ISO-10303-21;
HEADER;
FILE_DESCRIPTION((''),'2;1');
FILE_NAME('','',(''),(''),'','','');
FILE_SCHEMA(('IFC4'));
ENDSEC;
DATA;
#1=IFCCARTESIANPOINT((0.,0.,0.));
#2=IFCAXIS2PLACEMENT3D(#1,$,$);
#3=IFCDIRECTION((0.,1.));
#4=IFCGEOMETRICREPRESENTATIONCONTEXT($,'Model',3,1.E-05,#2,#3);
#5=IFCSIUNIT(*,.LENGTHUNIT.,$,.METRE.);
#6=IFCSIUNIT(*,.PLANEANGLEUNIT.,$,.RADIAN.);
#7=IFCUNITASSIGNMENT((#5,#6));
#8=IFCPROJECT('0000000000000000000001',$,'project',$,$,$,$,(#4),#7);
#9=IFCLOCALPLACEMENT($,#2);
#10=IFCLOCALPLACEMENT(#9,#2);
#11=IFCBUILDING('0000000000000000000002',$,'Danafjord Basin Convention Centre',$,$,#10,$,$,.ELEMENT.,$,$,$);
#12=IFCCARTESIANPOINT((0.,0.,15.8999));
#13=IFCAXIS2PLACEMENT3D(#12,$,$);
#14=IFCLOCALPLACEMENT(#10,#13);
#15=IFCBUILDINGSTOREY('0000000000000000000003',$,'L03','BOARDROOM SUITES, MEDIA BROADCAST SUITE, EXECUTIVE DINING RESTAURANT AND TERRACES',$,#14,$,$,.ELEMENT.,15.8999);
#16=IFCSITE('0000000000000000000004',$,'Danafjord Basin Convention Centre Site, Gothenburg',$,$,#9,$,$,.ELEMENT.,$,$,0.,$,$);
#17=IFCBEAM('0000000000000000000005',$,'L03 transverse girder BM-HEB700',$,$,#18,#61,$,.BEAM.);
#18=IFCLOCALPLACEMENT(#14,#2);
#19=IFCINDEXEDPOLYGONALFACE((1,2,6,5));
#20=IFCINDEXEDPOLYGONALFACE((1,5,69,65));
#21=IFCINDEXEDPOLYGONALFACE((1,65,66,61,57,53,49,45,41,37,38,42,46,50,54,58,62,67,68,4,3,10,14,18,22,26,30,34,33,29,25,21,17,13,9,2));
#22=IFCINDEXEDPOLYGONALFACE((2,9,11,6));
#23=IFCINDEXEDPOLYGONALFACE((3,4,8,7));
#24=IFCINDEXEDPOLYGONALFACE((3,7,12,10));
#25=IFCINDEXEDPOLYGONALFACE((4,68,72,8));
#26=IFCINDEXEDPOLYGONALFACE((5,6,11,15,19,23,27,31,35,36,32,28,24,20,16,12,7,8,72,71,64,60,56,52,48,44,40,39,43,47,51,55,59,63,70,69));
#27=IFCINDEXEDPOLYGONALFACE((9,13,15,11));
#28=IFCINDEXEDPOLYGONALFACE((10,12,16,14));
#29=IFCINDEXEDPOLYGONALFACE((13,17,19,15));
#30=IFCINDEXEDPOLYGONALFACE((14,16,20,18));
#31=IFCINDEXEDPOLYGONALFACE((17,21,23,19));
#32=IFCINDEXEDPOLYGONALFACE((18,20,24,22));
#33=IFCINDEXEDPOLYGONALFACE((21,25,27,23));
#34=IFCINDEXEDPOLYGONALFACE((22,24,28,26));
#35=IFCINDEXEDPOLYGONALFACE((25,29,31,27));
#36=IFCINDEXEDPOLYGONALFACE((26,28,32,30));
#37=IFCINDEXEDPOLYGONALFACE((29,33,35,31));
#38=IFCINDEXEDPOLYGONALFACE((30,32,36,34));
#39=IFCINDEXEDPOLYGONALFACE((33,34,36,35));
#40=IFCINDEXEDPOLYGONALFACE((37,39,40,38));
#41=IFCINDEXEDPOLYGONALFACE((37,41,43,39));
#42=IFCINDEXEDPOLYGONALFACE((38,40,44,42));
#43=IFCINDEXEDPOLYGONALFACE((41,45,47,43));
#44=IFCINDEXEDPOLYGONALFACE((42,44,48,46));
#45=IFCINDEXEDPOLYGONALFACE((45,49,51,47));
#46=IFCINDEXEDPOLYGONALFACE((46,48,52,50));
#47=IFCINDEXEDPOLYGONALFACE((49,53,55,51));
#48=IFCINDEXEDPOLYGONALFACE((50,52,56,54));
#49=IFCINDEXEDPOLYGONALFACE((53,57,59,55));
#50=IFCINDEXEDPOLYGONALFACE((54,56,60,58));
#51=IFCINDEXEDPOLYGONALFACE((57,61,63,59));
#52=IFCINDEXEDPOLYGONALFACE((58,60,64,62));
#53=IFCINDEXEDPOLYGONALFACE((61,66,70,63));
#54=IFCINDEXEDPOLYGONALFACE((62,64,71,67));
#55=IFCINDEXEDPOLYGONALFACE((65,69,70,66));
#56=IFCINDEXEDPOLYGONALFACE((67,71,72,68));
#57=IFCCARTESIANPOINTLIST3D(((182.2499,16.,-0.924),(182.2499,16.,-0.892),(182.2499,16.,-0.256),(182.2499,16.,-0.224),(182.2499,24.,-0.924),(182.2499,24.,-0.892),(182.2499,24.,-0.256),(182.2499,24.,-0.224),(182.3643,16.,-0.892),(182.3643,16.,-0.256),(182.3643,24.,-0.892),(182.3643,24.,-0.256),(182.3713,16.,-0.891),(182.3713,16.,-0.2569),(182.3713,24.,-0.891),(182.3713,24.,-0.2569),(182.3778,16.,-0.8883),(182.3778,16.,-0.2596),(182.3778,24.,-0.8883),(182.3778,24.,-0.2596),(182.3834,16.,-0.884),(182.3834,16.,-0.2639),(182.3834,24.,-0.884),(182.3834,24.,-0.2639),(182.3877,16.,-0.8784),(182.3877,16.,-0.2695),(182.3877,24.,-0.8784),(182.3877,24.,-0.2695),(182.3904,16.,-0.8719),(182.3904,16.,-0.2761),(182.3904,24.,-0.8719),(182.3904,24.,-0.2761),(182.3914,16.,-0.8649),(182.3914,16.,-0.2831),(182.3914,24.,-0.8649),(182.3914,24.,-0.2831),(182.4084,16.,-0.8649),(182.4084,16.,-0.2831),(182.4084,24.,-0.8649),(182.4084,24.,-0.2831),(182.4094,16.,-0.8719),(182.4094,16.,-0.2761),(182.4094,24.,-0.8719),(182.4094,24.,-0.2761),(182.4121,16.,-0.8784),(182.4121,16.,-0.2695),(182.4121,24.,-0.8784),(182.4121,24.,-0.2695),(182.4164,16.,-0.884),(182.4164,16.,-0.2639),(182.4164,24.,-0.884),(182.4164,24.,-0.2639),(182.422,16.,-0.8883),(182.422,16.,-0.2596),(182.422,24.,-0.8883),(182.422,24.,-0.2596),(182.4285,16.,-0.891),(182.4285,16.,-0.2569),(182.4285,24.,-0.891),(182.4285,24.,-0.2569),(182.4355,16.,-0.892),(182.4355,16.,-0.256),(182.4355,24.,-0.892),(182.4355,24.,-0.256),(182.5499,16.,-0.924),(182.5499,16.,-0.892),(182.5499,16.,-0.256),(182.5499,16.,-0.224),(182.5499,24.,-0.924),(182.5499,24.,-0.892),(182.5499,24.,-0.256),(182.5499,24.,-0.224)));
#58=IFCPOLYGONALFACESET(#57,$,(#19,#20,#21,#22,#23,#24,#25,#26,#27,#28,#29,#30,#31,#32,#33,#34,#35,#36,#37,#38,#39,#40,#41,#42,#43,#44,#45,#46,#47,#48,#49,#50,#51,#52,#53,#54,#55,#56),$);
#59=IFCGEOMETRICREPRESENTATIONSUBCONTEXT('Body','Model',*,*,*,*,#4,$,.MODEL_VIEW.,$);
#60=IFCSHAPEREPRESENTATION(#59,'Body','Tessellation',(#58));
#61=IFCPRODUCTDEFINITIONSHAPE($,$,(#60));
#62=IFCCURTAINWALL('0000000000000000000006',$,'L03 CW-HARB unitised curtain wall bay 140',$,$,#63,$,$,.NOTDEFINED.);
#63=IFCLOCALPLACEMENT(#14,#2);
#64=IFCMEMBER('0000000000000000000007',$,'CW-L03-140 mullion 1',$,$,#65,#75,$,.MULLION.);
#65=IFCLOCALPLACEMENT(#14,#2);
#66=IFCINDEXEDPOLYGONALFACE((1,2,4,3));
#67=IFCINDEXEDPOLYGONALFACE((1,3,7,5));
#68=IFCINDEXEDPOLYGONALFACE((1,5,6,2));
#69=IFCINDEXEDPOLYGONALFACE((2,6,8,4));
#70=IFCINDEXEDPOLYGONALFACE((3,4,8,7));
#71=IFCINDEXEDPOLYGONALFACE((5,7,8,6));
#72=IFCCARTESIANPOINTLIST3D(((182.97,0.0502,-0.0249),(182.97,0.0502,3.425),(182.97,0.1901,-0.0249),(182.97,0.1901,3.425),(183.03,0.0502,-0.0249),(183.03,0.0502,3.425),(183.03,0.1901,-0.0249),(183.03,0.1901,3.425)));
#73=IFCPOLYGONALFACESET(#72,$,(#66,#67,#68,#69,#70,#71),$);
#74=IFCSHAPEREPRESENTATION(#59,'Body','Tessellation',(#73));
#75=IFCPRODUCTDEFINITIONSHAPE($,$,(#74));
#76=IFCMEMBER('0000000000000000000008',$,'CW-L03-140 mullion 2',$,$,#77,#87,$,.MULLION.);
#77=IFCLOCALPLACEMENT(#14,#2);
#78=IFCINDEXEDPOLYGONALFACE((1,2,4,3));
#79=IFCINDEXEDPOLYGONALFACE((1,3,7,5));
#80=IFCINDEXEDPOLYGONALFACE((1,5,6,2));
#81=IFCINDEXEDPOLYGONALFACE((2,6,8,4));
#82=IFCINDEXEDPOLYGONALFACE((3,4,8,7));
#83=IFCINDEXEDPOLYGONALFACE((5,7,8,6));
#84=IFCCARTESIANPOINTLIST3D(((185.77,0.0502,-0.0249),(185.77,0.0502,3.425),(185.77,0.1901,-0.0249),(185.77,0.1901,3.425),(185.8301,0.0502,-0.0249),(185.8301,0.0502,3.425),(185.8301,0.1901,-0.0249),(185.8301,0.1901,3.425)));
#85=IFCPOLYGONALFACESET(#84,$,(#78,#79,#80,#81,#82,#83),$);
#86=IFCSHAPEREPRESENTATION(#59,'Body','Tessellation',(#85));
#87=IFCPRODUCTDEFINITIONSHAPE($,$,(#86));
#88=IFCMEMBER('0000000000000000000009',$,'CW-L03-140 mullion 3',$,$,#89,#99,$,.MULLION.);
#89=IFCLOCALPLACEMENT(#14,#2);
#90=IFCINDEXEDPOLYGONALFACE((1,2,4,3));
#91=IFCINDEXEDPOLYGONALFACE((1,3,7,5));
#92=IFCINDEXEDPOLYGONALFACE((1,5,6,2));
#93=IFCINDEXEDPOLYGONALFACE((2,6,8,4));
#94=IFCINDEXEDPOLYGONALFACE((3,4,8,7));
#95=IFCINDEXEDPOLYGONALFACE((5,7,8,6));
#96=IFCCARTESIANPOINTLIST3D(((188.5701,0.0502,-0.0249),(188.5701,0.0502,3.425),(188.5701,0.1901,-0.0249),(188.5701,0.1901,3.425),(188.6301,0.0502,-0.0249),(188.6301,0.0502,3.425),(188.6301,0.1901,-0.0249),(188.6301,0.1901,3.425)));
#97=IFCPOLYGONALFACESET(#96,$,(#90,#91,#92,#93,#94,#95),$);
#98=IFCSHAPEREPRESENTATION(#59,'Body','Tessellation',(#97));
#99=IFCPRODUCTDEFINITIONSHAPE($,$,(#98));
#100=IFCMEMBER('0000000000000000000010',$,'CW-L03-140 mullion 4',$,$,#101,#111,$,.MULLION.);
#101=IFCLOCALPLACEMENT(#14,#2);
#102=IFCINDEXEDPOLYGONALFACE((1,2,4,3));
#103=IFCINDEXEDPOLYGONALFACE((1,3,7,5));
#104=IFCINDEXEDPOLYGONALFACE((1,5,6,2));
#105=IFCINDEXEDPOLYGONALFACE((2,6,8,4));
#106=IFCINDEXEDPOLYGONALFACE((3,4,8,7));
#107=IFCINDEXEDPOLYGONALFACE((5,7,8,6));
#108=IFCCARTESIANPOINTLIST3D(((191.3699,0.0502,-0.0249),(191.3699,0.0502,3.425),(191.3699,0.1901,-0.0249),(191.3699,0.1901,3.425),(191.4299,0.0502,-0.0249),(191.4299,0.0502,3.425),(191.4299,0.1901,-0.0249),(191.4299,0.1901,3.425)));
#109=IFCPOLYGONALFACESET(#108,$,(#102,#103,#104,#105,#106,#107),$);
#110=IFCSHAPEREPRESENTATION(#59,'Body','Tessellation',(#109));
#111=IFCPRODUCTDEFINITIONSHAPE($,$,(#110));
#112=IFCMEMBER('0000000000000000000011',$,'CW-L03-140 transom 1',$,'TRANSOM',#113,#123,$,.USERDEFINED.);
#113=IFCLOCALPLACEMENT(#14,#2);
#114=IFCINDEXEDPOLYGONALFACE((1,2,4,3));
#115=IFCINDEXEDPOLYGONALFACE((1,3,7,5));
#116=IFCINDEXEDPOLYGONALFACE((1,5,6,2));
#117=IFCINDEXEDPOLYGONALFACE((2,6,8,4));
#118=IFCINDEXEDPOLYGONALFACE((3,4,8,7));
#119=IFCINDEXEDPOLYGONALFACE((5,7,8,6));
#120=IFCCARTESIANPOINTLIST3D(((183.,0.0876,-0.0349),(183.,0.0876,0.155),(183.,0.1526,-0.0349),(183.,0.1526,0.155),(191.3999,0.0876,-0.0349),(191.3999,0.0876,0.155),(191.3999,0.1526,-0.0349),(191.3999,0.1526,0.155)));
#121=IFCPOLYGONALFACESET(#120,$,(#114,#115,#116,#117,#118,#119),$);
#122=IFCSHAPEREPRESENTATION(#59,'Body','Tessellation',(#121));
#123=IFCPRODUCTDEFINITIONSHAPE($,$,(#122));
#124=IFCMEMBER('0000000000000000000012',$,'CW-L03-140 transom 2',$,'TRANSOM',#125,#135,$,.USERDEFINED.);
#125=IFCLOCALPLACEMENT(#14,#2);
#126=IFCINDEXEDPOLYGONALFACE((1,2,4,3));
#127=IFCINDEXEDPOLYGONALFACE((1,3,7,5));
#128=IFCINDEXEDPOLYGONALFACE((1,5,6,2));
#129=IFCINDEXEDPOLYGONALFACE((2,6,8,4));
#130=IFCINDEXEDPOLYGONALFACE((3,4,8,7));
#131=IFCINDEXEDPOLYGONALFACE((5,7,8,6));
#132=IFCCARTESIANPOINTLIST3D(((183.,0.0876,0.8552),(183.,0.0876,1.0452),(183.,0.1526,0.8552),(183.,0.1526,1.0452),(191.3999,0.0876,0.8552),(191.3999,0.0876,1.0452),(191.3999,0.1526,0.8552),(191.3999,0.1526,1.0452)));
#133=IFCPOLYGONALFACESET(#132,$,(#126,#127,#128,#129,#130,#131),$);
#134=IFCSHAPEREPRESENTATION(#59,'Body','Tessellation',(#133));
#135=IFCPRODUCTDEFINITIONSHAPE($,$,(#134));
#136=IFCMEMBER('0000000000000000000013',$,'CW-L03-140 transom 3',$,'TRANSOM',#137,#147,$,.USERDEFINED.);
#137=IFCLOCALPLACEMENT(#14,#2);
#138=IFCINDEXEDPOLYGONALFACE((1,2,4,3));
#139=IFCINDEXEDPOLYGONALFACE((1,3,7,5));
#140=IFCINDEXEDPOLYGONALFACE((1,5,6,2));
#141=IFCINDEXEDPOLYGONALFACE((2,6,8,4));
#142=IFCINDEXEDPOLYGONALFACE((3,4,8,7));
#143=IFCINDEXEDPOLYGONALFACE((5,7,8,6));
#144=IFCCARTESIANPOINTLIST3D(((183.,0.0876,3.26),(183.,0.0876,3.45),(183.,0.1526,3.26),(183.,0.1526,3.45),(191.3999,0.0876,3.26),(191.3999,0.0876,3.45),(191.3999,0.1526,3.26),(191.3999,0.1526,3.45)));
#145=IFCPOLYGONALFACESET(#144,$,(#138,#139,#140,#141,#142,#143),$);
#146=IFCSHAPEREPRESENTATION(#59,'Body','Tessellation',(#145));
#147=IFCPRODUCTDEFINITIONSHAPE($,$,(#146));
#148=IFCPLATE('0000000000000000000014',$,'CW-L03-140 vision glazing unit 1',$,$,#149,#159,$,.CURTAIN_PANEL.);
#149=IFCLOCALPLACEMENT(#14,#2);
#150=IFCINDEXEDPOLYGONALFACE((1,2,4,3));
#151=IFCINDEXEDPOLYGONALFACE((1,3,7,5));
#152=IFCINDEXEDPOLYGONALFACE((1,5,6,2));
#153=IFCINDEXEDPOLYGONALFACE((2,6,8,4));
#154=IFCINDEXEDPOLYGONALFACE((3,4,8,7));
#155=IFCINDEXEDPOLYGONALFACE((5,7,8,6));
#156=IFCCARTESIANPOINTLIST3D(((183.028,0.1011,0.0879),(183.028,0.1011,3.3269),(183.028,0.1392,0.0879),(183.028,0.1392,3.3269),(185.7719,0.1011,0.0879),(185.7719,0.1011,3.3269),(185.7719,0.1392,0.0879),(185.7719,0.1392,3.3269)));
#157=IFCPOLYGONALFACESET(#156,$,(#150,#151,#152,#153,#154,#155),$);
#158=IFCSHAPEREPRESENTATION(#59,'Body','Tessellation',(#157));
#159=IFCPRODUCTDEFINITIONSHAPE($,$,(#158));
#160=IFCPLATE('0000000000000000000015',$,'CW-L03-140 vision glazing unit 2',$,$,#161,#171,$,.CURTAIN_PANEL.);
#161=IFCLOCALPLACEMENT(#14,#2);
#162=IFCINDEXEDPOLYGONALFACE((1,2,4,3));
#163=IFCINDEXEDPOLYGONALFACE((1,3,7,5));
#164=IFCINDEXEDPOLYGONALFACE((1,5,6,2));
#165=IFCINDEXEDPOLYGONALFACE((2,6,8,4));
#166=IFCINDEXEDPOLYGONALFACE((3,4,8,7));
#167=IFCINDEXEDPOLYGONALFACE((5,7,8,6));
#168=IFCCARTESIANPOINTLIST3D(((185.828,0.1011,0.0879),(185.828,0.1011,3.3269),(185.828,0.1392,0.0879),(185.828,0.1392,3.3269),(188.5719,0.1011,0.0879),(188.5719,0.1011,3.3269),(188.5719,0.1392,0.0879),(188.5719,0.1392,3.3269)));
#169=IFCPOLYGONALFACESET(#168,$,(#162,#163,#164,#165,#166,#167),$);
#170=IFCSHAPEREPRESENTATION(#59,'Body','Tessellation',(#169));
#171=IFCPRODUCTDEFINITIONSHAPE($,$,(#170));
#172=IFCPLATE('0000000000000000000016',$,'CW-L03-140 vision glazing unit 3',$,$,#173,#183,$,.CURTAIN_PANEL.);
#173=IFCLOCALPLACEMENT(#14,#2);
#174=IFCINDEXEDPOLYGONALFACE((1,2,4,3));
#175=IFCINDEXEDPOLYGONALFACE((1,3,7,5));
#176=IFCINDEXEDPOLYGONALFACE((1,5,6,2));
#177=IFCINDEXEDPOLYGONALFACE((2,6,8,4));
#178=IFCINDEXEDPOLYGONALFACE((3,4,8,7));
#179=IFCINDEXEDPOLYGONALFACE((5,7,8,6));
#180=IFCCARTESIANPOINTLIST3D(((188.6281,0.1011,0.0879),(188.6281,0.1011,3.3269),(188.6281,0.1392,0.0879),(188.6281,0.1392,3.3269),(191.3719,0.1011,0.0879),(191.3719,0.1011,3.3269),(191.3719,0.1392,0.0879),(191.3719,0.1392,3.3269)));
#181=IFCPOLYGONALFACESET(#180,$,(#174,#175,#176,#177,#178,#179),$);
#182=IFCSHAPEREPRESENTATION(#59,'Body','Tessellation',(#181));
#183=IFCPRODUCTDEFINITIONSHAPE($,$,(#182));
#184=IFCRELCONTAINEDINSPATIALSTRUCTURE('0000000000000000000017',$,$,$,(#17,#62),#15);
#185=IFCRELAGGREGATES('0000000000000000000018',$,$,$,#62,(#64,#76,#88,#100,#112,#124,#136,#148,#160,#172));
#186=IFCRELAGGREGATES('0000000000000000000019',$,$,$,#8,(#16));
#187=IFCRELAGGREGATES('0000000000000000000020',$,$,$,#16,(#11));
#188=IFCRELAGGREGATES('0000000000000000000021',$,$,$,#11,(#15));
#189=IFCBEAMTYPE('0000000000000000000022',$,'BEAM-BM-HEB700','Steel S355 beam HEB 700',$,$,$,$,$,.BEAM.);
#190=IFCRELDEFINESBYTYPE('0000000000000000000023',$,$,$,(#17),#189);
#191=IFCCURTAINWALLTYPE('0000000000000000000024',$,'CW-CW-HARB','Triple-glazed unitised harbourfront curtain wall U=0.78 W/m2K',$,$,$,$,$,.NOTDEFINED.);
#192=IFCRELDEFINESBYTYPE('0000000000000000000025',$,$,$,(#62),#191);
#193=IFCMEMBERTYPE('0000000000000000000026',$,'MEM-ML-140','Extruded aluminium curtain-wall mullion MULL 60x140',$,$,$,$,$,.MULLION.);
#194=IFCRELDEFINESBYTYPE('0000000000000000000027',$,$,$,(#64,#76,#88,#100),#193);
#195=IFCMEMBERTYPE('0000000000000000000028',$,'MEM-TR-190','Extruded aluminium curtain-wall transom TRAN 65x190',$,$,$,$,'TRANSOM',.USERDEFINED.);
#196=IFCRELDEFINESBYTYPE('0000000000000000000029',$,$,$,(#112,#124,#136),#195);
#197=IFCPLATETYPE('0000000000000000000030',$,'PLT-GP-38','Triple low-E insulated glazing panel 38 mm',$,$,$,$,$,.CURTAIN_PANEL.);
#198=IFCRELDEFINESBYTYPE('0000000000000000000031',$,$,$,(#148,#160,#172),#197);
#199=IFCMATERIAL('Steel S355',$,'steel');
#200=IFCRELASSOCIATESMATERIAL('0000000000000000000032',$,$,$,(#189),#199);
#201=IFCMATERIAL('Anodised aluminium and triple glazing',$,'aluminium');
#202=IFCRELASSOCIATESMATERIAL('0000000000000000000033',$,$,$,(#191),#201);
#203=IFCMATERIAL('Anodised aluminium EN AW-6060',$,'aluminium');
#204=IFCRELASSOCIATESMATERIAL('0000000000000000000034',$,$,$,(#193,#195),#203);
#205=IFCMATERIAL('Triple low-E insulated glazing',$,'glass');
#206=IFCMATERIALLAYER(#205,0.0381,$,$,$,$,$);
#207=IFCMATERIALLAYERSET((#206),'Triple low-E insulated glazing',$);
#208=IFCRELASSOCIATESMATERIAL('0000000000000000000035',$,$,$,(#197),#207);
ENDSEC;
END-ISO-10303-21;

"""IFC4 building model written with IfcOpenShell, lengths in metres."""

from ifc_helpers import new_model, si_unit, direction, frame, origin, origin_2d, place, context, subcontext, project, spatial, rectangle, i_section, extrude, material, layer, layer_set, material_profile, profile_set, type_object, element, aggregate, save


model = new_model("IFC4")

# Units and contexts
model_context = context("Model", 3, precision=1e-05, world=origin(), true_north=direction((0.0, 1.0)))
body_context = subcontext(model_context, "Body", "Model", "MODEL_VIEW")
ifc_project = project(units=[si_unit("LENGTHUNIT", "METRE"), si_unit("PLANEANGLEUNIT", "RADIAN")], contexts=[model_context])

# Site, building, storey
site_placement = place(None, origin())
site = spatial("IfcSite", under=ifc_project, at=site_placement, Name="Danafjord Basin Convention Centre Site, Gothenburg", CompositionType="ELEMENT", RefElevation=0.0)
building_placement = place(site_placement, origin())
building = spatial("IfcBuilding", under=site, at=building_placement, Name="Danafjord Basin Convention Centre", CompositionType="ELEMENT")
storey_placement = place(building_placement, frame((0.0, 0.0, 15.8999)))
storey = spatial("IfcBuildingStorey", under=building, at=storey_placement, Name="L03", Description="BOARDROOM SUITES, MEDIA BROADCAST SUITE, EXECUTIVE DINING RESTAURANT AND TERRACES", CompositionType="ELEMENT", Elevation=15.8999)

# Shared definitions
ifc_material_1 = material(Name="Steel S355", Category="steel")

# Beam
ifc_material_profile_1 = material_profile(ifc_material_1, i_section(OverallWidth=0.3, OverallDepth=0.7, WebThickness=0.0171, FlangeThickness=0.032, FilletRadius=0.0271, at=origin_2d()), Name="HEB 700")
ifc_profile_set_1 = profile_set([ifc_material_profile_1], Name="Steel S355")
beam_type = type_object("IfcBeamType", Name="BEAM-BM-HEB700", Description="Steel S355 beam HEB 700", PredefinedType="BEAM", material=ifc_profile_set_1)
beam_1_placement = place(storey_placement, frame((182.3999, 16.0, -0.574), z_axis=(0.0, 1.0, 0.0), x_axis=(-1.0, 0.0, 0.0)))
element("IfcBeam", 1, at=beam_1_placement, inside=storey, type_object=beam_type, Name="L03 transverse girder BM-HEB700", PredefinedType="BEAM", context=body_context, shape_type="SweptSolid", body=[
    extrude(i_section(OverallWidth=0.3, OverallDepth=0.7, WebThickness=0.0171, FlangeThickness=0.032, FilletRadius=0.0271, at=origin_2d()), origin(), (0.0, 0.0, 1.0), 8.0),
])

# Curtain wall, members, plates
ifc_material_2 = material(Name="Anodised aluminium and triple glazing", Category="aluminium")
curtain_wall_type = type_object("IfcCurtainWallType", Name="CW-CW-HARB", Description="Triple-glazed unitised harbourfront curtain wall U=0.78 W/m2K", PredefinedType="NOTDEFINED", material=ifc_material_2)
curtain_wall_placement = place(storey_placement, origin())
curtain_wall = element("IfcCurtainWall", 2, at=curtain_wall_placement, inside=storey, type_object=curtain_wall_type, Name="L03 CW-HARB unitised curtain wall bay 140", PredefinedType="NOTDEFINED")
ifc_material_3 = material(Name="Anodised aluminium EN AW-6060", Category="aluminium")
ifc_material_profile_2 = material_profile(ifc_material_3, rectangle(XDim=0.0601, YDim=0.1399, at=origin_2d()), Name="MULL 60x140")
ifc_profile_set_2 = profile_set([ifc_material_profile_2], Name="Anodised aluminium EN AW-6060")
member_type_1 = type_object("IfcMemberType", Name="MEM-ML-140", Description="Extruded aluminium curtain-wall mullion MULL 60x140", PredefinedType="MULLION", material=ifc_profile_set_2)
member_1_placement = place(storey_placement, frame((183.0, 0.1201, -0.0249), z_axis=(0.0, 0.0, 1.0), x_axis=(1.0, 0.0, 0.0)))
member_1 = element("IfcMember", 3, at=member_1_placement, type_object=member_type_1, Name="CW-L03-140 mullion 1", PredefinedType="MULLION", context=body_context, shape_type="SweptSolid", body=[
    extrude(rectangle(XDim=0.0601, YDim=0.1399, at=origin_2d()), origin(), (0.0, 0.0, 1.0), 3.45),
])
member_2_placement = place(storey_placement, frame((185.8, 0.1201, -0.0249), z_axis=(0.0, 0.0, 1.0), x_axis=(1.0, 0.0, 0.0)))
member_2 = element("IfcMember", 4, at=member_2_placement, type_object=member_type_1, Name="CW-L03-140 mullion 2", PredefinedType="MULLION", context=body_context, shape_type="SweptSolid", body=[
    extrude(rectangle(XDim=0.0601, YDim=0.1399, at=origin_2d()), origin(), (0.0, 0.0, 1.0), 3.45),
])
member_3_placement = place(storey_placement, frame((188.6001, 0.1201, -0.0249), z_axis=(0.0, 0.0, 1.0), x_axis=(1.0, 0.0, 0.0)))
member_3 = element("IfcMember", 5, at=member_3_placement, type_object=member_type_1, Name="CW-L03-140 mullion 3", PredefinedType="MULLION", context=body_context, shape_type="SweptSolid", body=[
    extrude(rectangle(XDim=0.0601, YDim=0.1399, at=origin_2d()), origin(), (0.0, 0.0, 1.0), 3.45),
])
member_4_placement = place(storey_placement, frame((191.3999, 0.1201, -0.0249), z_axis=(0.0, 0.0, 1.0), x_axis=(1.0, 0.0, 0.0)))
member_4 = element("IfcMember", 6, at=member_4_placement, type_object=member_type_1, Name="CW-L03-140 mullion 4", PredefinedType="MULLION", context=body_context, shape_type="SweptSolid", body=[
    extrude(rectangle(XDim=0.0601, YDim=0.1399, at=origin_2d()), origin(), (0.0, 0.0, 1.0), 3.45),
])
ifc_material_profile_3 = material_profile(ifc_material_3, rectangle(XDim=0.0649, YDim=0.1899, at=origin_2d()), Name="TRAN 65x190")
ifc_profile_set_3 = profile_set([ifc_material_profile_3], Name="Anodised aluminium EN AW-6060")
member_type_2 = type_object("IfcMemberType", Name="MEM-TR-190", Description="Extruded aluminium curtain-wall transom TRAN 65x190", ElementType="TRANSOM", PredefinedType="USERDEFINED", material=ifc_profile_set_3)
member_5_placement = place(storey_placement, frame((183.0, 0.1201, 0.0601), z_axis=(1.0, 0.0, 0.0), x_axis=(0.0, 1.0, 0.0)))
member_5 = element("IfcMember", 7, at=member_5_placement, type_object=member_type_2, Name="CW-L03-140 transom 1", ObjectType="TRANSOM", PredefinedType="USERDEFINED", context=body_context, shape_type="SweptSolid", body=[
    extrude(rectangle(XDim=0.0649, YDim=0.1899, at=origin_2d()), origin(), (0.0, 0.0, 1.0), 8.3999),
])
member_6_placement = place(storey_placement, frame((183.0, 0.1201, 0.9502), z_axis=(1.0, 0.0, 0.0), x_axis=(0.0, 1.0, 0.0)))
member_6 = element("IfcMember", 8, at=member_6_placement, type_object=member_type_2, Name="CW-L03-140 transom 2", ObjectType="TRANSOM", PredefinedType="USERDEFINED", context=body_context, shape_type="SweptSolid", body=[
    extrude(rectangle(XDim=0.0649, YDim=0.1899, at=origin_2d()), origin(), (0.0, 0.0, 1.0), 8.3999),
])
member_7_placement = place(storey_placement, frame((183.0, 0.1201, 3.355), z_axis=(1.0, 0.0, 0.0), x_axis=(0.0, 1.0, 0.0)))
member_7 = element("IfcMember", 9, at=member_7_placement, type_object=member_type_2, Name="CW-L03-140 transom 3", ObjectType="TRANSOM", PredefinedType="USERDEFINED", context=body_context, shape_type="SweptSolid", body=[
    extrude(rectangle(XDim=0.0649, YDim=0.1899, at=origin_2d()), origin(), (0.0, 0.0, 1.0), 8.3999),
])
ifc_material_4 = material(Name="Triple low-E insulated glazing", Category="glass")
ifc_layer_1 = layer(ifc_material_4, 0.0381)
ifc_layer_set_1 = layer_set([ifc_layer_1], Name="Triple low-E insulated glazing")
plate_type = type_object("IfcPlateType", Name="PLT-GP-38", Description="Triple low-E insulated glazing panel 38 mm", PredefinedType="CURTAIN_PANEL", material=ifc_layer_set_1)
plate_1_placement = place(storey_placement, frame((184.3999, 0.1201, 0.0879), z_axis=(0.0, 0.0, 1.0), x_axis=(1.0, 0.0, 0.0)))
plate_1 = element("IfcPlate", 10, at=plate_1_placement, type_object=plate_type, Name="CW-L03-140 vision glazing unit 1", PredefinedType="CURTAIN_PANEL", context=body_context, shape_type="SweptSolid", body=[
    extrude(rectangle(XDim=2.7439, YDim=0.0381, at=origin_2d()), origin(), (0.0, 0.0, 1.0), 3.239),
])
plate_2_placement = place(storey_placement, frame((187.2, 0.1201, 0.0879), z_axis=(0.0, 0.0, 1.0), x_axis=(1.0, 0.0, 0.0)))
plate_2 = element("IfcPlate", 11, at=plate_2_placement, type_object=plate_type, Name="CW-L03-140 vision glazing unit 2", PredefinedType="CURTAIN_PANEL", context=body_context, shape_type="SweptSolid", body=[
    extrude(rectangle(XDim=2.7439, YDim=0.0381, at=origin_2d()), origin(), (0.0, 0.0, 1.0), 3.239),
])
plate_3_placement = place(storey_placement, frame((190.0, 0.1201, 0.0879), z_axis=(0.0, 0.0, 1.0), x_axis=(1.0, 0.0, 0.0)))
plate_3 = element("IfcPlate", 12, at=plate_3_placement, type_object=plate_type, Name="CW-L03-140 vision glazing unit 3", PredefinedType="CURTAIN_PANEL", context=body_context, shape_type="SweptSolid", body=[
    extrude(rectangle(XDim=2.7439, YDim=0.0381, at=origin_2d()), origin(), (0.0, 0.0, 1.0), 3.239),
])
aggregate(curtain_wall, [member_1, member_2, member_3, member_4, member_5, member_6, member_7, plate_1, plate_2, plate_3])

save(model, "model.ifc")
